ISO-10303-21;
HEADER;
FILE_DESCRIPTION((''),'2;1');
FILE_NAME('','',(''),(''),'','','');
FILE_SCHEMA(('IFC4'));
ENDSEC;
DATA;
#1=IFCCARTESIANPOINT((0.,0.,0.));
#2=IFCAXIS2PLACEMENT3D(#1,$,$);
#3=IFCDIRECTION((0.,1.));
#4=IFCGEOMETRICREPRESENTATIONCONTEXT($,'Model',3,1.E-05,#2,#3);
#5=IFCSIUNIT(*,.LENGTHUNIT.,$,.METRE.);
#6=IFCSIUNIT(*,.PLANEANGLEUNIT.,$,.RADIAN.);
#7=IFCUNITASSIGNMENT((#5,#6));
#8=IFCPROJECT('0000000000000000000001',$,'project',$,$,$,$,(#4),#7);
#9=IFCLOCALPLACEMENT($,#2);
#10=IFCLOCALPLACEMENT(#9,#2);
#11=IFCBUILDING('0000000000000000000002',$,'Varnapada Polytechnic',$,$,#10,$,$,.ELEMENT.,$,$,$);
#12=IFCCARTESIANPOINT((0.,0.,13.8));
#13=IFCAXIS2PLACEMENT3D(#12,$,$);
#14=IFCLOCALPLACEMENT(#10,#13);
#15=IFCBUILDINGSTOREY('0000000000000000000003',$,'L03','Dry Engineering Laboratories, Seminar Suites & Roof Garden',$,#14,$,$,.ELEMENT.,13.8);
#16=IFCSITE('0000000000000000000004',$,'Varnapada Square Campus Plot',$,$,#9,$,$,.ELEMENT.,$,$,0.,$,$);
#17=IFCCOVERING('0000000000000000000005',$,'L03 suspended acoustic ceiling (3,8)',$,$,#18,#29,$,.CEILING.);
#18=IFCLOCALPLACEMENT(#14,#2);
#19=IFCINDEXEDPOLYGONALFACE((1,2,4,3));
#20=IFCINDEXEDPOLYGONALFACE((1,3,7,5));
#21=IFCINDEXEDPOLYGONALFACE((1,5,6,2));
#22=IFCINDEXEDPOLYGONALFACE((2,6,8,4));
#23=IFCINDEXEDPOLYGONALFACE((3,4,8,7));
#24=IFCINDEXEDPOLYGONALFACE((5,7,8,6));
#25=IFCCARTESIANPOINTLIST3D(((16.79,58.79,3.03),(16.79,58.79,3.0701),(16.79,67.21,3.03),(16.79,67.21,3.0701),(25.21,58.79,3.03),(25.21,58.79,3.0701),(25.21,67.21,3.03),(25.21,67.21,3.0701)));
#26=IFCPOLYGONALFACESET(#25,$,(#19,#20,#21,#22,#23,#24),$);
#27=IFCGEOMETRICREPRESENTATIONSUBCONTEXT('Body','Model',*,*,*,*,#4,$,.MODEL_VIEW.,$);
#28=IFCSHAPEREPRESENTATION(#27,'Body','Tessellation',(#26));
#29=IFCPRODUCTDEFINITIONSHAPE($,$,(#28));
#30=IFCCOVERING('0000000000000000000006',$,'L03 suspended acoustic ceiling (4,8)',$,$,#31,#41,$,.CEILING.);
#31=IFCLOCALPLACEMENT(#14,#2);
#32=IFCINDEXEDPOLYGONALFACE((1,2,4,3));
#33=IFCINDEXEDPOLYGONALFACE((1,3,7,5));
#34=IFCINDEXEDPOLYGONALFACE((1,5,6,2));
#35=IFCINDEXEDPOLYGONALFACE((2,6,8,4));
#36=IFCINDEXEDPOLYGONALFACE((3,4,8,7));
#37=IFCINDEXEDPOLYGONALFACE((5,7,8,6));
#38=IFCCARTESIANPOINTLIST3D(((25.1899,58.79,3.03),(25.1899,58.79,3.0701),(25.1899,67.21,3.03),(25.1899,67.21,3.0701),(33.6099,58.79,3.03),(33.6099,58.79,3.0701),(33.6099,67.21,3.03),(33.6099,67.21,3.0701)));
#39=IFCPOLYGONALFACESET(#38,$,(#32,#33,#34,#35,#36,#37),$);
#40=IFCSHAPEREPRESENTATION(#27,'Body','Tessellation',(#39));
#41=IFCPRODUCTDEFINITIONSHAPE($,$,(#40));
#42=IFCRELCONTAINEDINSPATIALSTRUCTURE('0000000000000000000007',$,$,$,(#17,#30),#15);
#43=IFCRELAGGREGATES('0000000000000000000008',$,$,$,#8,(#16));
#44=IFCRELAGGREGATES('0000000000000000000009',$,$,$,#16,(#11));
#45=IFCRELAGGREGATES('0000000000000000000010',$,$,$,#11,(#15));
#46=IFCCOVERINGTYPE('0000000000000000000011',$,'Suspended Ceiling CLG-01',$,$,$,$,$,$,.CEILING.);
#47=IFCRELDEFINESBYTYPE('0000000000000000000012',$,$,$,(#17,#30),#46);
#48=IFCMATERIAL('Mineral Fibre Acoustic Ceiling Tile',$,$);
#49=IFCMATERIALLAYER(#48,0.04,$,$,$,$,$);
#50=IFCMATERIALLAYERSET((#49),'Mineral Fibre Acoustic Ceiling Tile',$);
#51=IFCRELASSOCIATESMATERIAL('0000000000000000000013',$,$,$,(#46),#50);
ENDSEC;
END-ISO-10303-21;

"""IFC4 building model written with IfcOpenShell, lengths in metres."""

from ifc_helpers import new_model, si_unit, direction, frame, origin, origin_2d, place, context, subcontext, project, spatial, rectangle, extrude, material, layer, layer_set, type_object, element, save


model = new_model("IFC4")

# Units and contexts
model_context = context("Model", 3, precision=1e-05, world=origin(), true_north=direction((0.0, 1.0)))
body_context = subcontext(model_context, "Body", "Model", "MODEL_VIEW")
ifc_project = project(units=[si_unit("LENGTHUNIT", "METRE"), si_unit("PLANEANGLEUNIT", "RADIAN")], contexts=[model_context])

# Site, building, storey
site_placement = place(None, origin())
site = spatial("IfcSite", under=ifc_project, at=site_placement, Name="Varnapada Square Campus Plot", CompositionType="ELEMENT", RefElevation=0.0)
building_placement = place(site_placement, origin())
building = spatial("IfcBuilding", under=site, at=building_placement, Name="Varnapada Polytechnic", CompositionType="ELEMENT")
storey_placement = place(building_placement, frame((0.0, 0.0, 13.8)))
storey = spatial("IfcBuildingStorey", under=building, at=storey_placement, Name="L03", Description="Dry Engineering Laboratories, Seminar Suites & Roof Garden", CompositionType="ELEMENT", Elevation=13.8)

# Coverings
ifc_material_1 = material(Name="Mineral Fibre Acoustic Ceiling Tile")
ifc_layer_1 = layer(ifc_material_1, 0.04)
ifc_layer_set_1 = layer_set([ifc_layer_1], Name="Mineral Fibre Acoustic Ceiling Tile")
covering_type_1 = type_object("IfcCoveringType", Name="Suspended Ceiling CLG-01", PredefinedType="CEILING", material=ifc_layer_set_1)
for number, where, z_axis, x_axis, name in (
    (1, (21.0, 63.0, 3.03), (0.0, 0.0, 1.0), (1.0, 0.0, 0.0), "L03 suspended acoustic ceiling (3,8)"),
    (2, (29.3999, 63.0, 3.03), (0.0, 0.0, 1.0), (1.0, 0.0, 0.0), "L03 suspended acoustic ceiling (4,8)"),
):
    element("IfcCovering", number, at=place(storey_placement, frame(where, z_axis=z_axis, x_axis=x_axis)), inside=storey, type_object=covering_type_1, Name=name, PredefinedType="CEILING", context=body_context, shape_type="SweptSolid", body=[
        extrude(rectangle(XDim=8.4199, YDim=8.4199, at=origin_2d()), origin(), (0.0, 0.0, 1.0), 0.04),
    ])

save(model, "model.ifc")
